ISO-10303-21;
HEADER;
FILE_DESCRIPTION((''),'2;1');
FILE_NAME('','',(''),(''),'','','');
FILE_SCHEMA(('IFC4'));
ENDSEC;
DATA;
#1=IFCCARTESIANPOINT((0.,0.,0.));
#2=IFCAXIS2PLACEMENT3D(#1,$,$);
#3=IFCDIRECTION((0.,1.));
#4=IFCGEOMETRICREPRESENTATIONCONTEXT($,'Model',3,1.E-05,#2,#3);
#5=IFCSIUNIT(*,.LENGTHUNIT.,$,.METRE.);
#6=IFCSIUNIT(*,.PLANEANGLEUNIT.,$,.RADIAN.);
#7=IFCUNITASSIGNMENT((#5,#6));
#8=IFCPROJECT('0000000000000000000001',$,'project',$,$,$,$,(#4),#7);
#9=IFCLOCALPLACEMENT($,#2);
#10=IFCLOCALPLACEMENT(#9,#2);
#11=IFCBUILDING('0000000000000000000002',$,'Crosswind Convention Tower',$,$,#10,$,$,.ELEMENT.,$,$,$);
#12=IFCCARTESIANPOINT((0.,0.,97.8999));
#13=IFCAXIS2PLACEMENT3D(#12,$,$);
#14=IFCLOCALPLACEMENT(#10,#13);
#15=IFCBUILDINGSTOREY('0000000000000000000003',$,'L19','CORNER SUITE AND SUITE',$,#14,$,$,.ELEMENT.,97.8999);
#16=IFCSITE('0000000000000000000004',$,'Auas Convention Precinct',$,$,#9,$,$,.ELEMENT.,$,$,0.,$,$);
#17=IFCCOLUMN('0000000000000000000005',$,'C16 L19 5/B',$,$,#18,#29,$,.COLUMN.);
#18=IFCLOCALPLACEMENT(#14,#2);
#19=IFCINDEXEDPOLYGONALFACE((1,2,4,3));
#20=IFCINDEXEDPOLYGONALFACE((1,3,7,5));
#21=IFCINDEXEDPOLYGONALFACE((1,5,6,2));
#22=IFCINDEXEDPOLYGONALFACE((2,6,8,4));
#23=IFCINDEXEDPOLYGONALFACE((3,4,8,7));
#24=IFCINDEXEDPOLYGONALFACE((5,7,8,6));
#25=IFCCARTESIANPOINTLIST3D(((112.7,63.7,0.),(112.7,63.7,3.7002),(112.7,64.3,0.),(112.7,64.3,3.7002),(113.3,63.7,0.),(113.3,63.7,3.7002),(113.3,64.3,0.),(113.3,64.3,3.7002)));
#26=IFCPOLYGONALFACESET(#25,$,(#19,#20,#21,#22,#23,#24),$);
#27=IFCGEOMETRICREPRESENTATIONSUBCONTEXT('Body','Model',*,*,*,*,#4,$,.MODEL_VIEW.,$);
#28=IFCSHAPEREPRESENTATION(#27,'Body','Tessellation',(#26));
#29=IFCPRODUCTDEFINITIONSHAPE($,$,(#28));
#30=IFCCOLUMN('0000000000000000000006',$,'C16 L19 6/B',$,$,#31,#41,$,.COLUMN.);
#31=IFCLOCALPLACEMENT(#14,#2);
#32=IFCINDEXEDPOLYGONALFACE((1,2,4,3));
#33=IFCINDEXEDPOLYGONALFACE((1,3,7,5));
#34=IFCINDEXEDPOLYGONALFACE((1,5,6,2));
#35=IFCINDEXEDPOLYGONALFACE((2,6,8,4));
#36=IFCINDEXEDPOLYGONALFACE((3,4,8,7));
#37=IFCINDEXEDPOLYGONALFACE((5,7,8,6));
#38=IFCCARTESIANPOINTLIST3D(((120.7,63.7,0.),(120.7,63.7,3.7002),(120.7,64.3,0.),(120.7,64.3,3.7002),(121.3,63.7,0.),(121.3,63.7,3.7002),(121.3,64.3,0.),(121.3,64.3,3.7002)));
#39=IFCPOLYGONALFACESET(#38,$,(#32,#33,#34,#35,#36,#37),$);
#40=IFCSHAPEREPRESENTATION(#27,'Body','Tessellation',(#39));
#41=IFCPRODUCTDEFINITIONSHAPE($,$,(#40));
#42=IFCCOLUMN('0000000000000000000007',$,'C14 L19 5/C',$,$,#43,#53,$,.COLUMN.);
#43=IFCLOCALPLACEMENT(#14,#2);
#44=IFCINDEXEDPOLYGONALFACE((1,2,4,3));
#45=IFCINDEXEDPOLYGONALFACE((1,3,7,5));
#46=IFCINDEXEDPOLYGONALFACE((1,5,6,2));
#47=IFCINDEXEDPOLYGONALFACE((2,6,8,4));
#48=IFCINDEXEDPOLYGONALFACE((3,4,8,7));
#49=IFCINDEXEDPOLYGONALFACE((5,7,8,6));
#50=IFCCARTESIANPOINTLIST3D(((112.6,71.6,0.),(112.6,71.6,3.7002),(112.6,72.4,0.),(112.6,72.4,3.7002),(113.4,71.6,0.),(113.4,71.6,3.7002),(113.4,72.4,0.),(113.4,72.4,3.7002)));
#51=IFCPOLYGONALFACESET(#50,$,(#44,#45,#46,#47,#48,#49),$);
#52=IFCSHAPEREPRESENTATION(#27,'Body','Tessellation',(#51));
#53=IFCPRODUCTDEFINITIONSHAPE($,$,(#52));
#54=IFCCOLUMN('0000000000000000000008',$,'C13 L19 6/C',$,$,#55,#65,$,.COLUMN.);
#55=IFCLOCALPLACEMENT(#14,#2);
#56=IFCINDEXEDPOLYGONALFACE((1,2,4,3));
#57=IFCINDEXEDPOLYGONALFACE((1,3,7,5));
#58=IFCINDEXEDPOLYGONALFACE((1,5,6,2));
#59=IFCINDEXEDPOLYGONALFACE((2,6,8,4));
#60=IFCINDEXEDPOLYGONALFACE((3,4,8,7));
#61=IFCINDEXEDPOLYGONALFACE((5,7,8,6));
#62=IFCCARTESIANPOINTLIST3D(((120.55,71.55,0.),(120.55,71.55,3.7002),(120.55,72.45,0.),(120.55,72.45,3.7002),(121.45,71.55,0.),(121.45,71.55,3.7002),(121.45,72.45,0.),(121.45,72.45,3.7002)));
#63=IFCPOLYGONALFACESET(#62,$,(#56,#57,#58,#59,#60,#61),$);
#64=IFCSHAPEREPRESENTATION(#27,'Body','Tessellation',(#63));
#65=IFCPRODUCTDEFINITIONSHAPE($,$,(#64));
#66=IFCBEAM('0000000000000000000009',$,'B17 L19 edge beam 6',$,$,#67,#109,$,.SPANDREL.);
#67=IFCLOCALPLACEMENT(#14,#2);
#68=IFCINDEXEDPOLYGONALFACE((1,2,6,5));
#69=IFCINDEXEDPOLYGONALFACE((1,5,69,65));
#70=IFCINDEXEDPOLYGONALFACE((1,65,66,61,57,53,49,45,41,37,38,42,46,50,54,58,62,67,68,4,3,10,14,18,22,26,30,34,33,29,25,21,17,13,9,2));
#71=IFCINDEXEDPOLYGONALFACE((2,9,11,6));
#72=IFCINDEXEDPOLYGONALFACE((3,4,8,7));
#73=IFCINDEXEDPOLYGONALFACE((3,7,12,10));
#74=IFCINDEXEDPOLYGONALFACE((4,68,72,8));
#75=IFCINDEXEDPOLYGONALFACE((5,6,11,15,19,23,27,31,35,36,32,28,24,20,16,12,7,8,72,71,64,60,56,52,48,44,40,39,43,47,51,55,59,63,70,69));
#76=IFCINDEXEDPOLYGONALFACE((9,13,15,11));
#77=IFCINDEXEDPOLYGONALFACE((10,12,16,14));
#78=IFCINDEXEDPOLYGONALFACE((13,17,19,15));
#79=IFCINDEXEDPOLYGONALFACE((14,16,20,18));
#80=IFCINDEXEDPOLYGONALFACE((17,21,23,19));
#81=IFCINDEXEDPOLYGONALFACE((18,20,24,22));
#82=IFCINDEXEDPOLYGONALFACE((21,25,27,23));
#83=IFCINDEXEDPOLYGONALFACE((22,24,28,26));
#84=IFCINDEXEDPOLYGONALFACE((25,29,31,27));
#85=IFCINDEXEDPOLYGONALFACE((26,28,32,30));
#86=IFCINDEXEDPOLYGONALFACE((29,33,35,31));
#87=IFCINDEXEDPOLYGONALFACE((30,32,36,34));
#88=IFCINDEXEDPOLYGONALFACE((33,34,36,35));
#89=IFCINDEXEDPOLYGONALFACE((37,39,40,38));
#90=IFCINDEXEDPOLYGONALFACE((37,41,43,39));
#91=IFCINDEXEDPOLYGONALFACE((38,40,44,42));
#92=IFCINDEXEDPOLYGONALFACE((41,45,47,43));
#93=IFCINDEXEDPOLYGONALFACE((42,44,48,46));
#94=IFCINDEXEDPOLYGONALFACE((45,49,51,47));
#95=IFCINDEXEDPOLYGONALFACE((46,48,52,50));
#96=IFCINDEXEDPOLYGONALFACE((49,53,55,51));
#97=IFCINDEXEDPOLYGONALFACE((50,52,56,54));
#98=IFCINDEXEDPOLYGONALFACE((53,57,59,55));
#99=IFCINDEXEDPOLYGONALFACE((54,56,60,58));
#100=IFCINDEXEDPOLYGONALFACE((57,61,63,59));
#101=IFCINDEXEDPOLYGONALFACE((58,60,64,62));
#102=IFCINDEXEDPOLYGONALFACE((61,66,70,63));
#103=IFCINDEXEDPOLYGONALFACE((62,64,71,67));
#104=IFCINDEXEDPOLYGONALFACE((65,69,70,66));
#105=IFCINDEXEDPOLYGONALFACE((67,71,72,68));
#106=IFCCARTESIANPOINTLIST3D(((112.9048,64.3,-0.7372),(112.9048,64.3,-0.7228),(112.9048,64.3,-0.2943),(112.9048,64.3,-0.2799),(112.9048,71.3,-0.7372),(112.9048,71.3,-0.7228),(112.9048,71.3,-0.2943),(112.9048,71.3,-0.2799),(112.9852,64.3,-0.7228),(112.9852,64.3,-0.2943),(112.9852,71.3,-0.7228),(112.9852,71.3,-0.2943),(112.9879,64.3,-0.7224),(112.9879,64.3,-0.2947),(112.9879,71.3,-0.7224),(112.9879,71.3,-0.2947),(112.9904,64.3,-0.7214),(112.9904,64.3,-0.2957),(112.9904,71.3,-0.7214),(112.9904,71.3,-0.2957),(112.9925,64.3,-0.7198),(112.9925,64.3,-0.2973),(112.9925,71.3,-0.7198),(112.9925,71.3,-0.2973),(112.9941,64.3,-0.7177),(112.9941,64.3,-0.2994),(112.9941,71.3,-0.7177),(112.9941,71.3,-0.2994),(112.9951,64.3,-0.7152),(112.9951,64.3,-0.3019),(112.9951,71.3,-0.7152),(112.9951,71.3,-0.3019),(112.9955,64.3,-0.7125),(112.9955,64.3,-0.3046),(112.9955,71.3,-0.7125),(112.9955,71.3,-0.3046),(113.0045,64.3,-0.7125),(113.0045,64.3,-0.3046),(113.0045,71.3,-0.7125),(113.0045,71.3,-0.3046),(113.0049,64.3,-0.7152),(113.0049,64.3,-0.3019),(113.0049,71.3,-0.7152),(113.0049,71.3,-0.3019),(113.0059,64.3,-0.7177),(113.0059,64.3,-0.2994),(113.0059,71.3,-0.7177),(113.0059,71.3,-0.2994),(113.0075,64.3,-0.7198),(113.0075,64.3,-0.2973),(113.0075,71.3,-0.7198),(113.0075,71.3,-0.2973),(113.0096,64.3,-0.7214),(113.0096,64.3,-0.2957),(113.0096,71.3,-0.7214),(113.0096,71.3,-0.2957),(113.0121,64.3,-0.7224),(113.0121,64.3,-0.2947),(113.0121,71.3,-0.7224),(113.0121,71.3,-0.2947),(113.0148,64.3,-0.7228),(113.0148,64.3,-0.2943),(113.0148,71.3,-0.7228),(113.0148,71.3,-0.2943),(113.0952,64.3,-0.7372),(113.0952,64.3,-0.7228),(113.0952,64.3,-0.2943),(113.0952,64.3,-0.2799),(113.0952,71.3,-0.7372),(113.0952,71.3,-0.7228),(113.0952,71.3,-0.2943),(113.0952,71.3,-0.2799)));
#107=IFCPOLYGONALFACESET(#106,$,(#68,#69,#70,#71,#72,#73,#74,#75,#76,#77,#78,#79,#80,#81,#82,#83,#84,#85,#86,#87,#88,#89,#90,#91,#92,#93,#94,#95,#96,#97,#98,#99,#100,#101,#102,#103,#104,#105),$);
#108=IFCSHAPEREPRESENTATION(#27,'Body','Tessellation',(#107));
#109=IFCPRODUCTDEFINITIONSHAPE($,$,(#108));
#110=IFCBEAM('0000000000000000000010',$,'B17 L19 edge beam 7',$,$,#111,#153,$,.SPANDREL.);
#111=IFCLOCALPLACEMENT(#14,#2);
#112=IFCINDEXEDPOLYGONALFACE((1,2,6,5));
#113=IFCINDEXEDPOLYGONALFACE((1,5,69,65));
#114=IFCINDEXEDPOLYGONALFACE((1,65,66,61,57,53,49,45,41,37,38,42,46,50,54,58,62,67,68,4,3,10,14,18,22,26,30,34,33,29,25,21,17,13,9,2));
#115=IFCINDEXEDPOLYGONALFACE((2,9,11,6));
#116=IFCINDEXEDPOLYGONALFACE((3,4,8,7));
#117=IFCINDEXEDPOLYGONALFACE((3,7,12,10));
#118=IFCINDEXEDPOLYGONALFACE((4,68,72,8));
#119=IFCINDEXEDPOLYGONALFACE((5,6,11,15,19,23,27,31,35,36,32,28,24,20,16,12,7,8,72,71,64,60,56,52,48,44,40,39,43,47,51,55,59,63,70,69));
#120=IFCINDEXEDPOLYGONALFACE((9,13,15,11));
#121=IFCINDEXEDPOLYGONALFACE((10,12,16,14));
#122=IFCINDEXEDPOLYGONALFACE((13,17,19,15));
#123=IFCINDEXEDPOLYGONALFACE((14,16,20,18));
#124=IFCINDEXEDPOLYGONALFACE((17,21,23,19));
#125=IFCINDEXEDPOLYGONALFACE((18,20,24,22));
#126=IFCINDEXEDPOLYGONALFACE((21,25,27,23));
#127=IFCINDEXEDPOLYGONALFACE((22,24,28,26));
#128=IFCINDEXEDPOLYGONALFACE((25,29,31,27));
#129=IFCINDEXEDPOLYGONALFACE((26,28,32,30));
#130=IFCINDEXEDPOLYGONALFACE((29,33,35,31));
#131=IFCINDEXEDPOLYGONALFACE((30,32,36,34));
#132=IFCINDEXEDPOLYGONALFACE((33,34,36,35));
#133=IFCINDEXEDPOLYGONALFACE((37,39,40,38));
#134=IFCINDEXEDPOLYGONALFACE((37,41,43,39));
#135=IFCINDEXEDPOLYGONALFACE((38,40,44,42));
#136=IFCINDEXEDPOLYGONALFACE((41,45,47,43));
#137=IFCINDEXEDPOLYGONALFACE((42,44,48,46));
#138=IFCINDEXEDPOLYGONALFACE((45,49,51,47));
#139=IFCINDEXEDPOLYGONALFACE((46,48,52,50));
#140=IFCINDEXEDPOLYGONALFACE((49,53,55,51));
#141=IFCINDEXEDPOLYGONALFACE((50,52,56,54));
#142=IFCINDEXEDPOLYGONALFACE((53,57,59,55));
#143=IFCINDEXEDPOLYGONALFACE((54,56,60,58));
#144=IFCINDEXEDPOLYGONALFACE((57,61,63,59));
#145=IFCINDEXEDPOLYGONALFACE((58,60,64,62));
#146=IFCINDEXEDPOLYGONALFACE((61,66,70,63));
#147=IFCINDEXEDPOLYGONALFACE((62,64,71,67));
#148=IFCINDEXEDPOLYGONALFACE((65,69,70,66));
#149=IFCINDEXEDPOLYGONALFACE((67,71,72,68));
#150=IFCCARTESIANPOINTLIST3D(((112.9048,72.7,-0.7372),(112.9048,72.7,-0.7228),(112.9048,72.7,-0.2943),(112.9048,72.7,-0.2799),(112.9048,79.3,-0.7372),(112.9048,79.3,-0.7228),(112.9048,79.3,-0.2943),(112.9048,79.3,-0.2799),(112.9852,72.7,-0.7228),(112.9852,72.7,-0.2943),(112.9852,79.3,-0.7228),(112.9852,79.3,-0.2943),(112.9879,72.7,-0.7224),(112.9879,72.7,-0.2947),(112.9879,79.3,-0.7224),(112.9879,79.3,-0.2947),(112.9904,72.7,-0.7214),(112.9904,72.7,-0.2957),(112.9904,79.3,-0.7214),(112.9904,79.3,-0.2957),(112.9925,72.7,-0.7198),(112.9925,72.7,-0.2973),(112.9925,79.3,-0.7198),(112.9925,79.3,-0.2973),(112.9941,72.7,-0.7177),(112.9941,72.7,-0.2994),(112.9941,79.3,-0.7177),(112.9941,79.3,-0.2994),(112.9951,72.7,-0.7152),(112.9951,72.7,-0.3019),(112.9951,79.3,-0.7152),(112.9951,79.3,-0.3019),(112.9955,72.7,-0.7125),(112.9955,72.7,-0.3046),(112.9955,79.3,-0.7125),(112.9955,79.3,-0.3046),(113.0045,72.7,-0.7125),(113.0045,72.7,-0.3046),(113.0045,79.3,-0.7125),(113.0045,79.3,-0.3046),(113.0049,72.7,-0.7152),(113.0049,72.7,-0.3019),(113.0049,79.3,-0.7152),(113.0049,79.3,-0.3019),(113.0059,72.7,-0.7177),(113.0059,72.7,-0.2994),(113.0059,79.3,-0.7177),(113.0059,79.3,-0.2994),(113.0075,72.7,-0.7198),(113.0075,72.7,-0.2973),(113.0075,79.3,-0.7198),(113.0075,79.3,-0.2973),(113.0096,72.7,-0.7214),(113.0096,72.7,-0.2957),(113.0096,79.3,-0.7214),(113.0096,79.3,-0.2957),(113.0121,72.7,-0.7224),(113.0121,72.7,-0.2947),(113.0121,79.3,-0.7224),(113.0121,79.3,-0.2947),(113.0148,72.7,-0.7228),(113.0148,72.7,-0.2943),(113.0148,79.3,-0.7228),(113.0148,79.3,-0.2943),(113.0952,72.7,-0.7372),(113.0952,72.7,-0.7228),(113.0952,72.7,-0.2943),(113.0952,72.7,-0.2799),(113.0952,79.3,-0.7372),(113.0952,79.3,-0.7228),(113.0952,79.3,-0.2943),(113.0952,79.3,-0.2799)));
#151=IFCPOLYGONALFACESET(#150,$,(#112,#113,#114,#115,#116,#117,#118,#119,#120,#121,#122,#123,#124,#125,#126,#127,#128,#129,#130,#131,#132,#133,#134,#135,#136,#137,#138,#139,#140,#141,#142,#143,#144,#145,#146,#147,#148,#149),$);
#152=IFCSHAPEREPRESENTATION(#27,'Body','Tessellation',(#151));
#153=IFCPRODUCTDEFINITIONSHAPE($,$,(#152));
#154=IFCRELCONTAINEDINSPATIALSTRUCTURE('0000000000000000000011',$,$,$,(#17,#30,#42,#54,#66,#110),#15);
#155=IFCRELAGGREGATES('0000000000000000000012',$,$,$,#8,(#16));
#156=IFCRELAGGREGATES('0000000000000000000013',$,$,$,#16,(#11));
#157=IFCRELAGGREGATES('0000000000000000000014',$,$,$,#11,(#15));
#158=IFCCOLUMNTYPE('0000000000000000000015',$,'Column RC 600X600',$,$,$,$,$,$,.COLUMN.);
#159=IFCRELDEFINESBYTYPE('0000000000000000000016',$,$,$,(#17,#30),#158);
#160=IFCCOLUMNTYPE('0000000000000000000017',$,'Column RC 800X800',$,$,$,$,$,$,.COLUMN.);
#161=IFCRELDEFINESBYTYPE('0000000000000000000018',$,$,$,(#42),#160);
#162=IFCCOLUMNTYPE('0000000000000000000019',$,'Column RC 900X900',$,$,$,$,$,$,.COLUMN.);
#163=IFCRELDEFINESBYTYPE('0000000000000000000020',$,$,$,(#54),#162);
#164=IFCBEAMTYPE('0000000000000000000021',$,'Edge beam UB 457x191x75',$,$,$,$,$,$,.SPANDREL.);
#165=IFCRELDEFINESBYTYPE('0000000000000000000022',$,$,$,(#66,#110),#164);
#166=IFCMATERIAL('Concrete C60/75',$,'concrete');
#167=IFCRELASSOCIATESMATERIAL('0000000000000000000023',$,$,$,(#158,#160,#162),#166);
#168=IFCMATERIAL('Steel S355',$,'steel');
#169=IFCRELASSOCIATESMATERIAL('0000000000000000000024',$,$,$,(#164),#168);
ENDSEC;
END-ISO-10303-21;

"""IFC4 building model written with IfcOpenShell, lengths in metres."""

from ifc_helpers import new_model, si_unit, direction, frame, origin, origin_2d, place, context, subcontext, project, spatial, rectangle, i_section, extrude, material, material_profile, profile_set, type_object, element, save


model = new_model("IFC4")

# Units and contexts
model_context = context("Model", 3, precision=1e-05, world=origin(), true_north=direction((0.0, 1.0)))
body_context = subcontext(model_context, "Body", "Model", "MODEL_VIEW")
ifc_project = project(units=[si_unit("LENGTHUNIT", "METRE"), si_unit("PLANEANGLEUNIT", "RADIAN")], contexts=[model_context])

# Site, building, storey
site_placement = place(None, origin())
site = spatial("IfcSite", under=ifc_project, at=site_placement, Name="Auas Convention Precinct", CompositionType="ELEMENT", RefElevation=0.0)
building_placement = place(site_placement, origin())
building = spatial("IfcBuilding", under=site, at=building_placement, Name="Crosswind Convention Tower", CompositionType="ELEMENT")
storey_placement = place(building_placement, frame((0.0, 0.0, 97.8999)))
storey = spatial("IfcBuildingStorey", under=building, at=storey_placement, Name="L19", Description="CORNER SUITE AND SUITE", CompositionType="ELEMENT", Elevation=97.8999)

# Columns
ifc_material_1 = material(Name="Concrete C60/75", Category="concrete")
ifc_material_profile_1 = material_profile(ifc_material_1, rectangle(XDim=0.6001, YDim=0.6001, at=origin_2d()), Name="RC 600X600")
ifc_profile_set_1 = profile_set([ifc_material_profile_1], Name="Concrete C60/75")
column_type_1 = type_object("IfcColumnType", Name="Column RC 600X600", PredefinedType="COLUMN", material=ifc_profile_set_1)
for number, where, z_axis, x_axis, name in (
    (1, (113.0, 64.0, 0.0), (0.0, 0.0, 1.0), (1.0, 0.0, 0.0), "C16 L19 5/B"),
    (2, (121.0, 64.0, 0.0), (0.0, 0.0, 1.0), (1.0, 0.0, 0.0), "C16 L19 6/B"),
):
    element("IfcColumn", number, at=place(storey_placement, frame(where, z_axis=z_axis, x_axis=x_axis)), inside=storey, type_object=column_type_1, Name=name, PredefinedType="COLUMN", context=body_context, shape_type="SweptSolid", body=[
        extrude(rectangle(XDim=0.6001, YDim=0.6001, at=origin_2d()), origin(), (0.0, 0.0, 1.0), 3.7002),
    ])
ifc_material_profile_2 = material_profile(ifc_material_1, rectangle(XDim=0.8, YDim=0.8, at=origin_2d()), Name="RC 800X800")
ifc_profile_set_2 = profile_set([ifc_material_profile_2], Name="Concrete C60/75")
column_type_2 = type_object("IfcColumnType", Name="Column RC 800X800", PredefinedType="COLUMN", material=ifc_profile_set_2)
column_1_placement = place(storey_placement, frame((113.0, 72.0, 0.0), z_axis=(0.0, 0.0, 1.0), x_axis=(1.0, 0.0, 0.0)))
element("IfcColumn", 3, at=column_1_placement, inside=storey, type_object=column_type_2, Name="C14 L19 5/C", PredefinedType="COLUMN", context=body_context, shape_type="SweptSolid", body=[
    extrude(rectangle(XDim=0.8, YDim=0.8, at=origin_2d()), origin(), (0.0, 0.0, 1.0), 3.7002),
])
ifc_material_profile_3 = material_profile(ifc_material_1, rectangle(XDim=0.8999, YDim=0.8999, at=origin_2d()), Name="RC 900X900")
ifc_profile_set_3 = profile_set([ifc_material_profile_3], Name="Concrete C60/75")
column_type_3 = type_object("IfcColumnType", Name="Column RC 900X900", PredefinedType="COLUMN", material=ifc_profile_set_3)
column_2_placement = place(storey_placement, frame((121.0, 72.0, 0.0), z_axis=(0.0, 0.0, 1.0), x_axis=(1.0, 0.0, 0.0)))
element("IfcColumn", 4, at=column_2_placement, inside=storey, type_object=column_type_3, Name="C13 L19 6/C", PredefinedType="COLUMN", context=body_context, shape_type="SweptSolid", body=[
    extrude(rectangle(XDim=0.8999, YDim=0.8999, at=origin_2d()), origin(), (0.0, 0.0, 1.0), 3.7002),
])

# Beams
ifc_material_2 = material(Name="Steel S355", Category="steel")
ifc_material_profile_4 = material_profile(ifc_material_2, i_section(OverallWidth=0.1904, OverallDepth=0.4573, WebThickness=0.009, FlangeThickness=0.0144, FilletRadius=0.0103, at=origin_2d()), Name="UB 457x191x75")
ifc_profile_set_4 = profile_set([ifc_material_profile_4], Name="Steel S355")
beam_type_1 = type_object("IfcBeamType", Name="Edge beam UB 457x191x75", PredefinedType="SPANDREL", material=ifc_profile_set_4)
beam_1_placement = place(storey_placement, frame((113.0, 64.3, -0.5085), z_axis=(0.0, 1.0, 0.0), x_axis=(-1.0, 0.0, 0.0)))
element("IfcBeam", 5, at=beam_1_placement, inside=storey, type_object=beam_type_1, Name="B17 L19 edge beam 6", PredefinedType="SPANDREL", context=body_context, shape_type="SweptSolid", body=[
    extrude(i_section(OverallWidth=0.1904, OverallDepth=0.4573, WebThickness=0.009, FlangeThickness=0.0144, FilletRadius=0.0103, at=origin_2d()), origin(), (0.0, 0.0, 1.0), 7.0),
])
beam_2_placement = place(storey_placement, frame((113.0, 72.7, -0.5085), z_axis=(0.0, 1.0, 0.0), x_axis=(-1.0, 0.0, 0.0)))
element("IfcBeam", 6, at=beam_2_placement, inside=storey, type_object=beam_type_1, Name="B17 L19 edge beam 7", PredefinedType="SPANDREL", context=body_context, shape_type="SweptSolid", body=[
    extrude(i_section(OverallWidth=0.1904, OverallDepth=0.4573, WebThickness=0.009, FlangeThickness=0.0144, FilletRadius=0.0103, at=origin_2d()), origin(), (0.0, 0.0, 1.0), 6.6001),
])

save(model, "model.ifc")
